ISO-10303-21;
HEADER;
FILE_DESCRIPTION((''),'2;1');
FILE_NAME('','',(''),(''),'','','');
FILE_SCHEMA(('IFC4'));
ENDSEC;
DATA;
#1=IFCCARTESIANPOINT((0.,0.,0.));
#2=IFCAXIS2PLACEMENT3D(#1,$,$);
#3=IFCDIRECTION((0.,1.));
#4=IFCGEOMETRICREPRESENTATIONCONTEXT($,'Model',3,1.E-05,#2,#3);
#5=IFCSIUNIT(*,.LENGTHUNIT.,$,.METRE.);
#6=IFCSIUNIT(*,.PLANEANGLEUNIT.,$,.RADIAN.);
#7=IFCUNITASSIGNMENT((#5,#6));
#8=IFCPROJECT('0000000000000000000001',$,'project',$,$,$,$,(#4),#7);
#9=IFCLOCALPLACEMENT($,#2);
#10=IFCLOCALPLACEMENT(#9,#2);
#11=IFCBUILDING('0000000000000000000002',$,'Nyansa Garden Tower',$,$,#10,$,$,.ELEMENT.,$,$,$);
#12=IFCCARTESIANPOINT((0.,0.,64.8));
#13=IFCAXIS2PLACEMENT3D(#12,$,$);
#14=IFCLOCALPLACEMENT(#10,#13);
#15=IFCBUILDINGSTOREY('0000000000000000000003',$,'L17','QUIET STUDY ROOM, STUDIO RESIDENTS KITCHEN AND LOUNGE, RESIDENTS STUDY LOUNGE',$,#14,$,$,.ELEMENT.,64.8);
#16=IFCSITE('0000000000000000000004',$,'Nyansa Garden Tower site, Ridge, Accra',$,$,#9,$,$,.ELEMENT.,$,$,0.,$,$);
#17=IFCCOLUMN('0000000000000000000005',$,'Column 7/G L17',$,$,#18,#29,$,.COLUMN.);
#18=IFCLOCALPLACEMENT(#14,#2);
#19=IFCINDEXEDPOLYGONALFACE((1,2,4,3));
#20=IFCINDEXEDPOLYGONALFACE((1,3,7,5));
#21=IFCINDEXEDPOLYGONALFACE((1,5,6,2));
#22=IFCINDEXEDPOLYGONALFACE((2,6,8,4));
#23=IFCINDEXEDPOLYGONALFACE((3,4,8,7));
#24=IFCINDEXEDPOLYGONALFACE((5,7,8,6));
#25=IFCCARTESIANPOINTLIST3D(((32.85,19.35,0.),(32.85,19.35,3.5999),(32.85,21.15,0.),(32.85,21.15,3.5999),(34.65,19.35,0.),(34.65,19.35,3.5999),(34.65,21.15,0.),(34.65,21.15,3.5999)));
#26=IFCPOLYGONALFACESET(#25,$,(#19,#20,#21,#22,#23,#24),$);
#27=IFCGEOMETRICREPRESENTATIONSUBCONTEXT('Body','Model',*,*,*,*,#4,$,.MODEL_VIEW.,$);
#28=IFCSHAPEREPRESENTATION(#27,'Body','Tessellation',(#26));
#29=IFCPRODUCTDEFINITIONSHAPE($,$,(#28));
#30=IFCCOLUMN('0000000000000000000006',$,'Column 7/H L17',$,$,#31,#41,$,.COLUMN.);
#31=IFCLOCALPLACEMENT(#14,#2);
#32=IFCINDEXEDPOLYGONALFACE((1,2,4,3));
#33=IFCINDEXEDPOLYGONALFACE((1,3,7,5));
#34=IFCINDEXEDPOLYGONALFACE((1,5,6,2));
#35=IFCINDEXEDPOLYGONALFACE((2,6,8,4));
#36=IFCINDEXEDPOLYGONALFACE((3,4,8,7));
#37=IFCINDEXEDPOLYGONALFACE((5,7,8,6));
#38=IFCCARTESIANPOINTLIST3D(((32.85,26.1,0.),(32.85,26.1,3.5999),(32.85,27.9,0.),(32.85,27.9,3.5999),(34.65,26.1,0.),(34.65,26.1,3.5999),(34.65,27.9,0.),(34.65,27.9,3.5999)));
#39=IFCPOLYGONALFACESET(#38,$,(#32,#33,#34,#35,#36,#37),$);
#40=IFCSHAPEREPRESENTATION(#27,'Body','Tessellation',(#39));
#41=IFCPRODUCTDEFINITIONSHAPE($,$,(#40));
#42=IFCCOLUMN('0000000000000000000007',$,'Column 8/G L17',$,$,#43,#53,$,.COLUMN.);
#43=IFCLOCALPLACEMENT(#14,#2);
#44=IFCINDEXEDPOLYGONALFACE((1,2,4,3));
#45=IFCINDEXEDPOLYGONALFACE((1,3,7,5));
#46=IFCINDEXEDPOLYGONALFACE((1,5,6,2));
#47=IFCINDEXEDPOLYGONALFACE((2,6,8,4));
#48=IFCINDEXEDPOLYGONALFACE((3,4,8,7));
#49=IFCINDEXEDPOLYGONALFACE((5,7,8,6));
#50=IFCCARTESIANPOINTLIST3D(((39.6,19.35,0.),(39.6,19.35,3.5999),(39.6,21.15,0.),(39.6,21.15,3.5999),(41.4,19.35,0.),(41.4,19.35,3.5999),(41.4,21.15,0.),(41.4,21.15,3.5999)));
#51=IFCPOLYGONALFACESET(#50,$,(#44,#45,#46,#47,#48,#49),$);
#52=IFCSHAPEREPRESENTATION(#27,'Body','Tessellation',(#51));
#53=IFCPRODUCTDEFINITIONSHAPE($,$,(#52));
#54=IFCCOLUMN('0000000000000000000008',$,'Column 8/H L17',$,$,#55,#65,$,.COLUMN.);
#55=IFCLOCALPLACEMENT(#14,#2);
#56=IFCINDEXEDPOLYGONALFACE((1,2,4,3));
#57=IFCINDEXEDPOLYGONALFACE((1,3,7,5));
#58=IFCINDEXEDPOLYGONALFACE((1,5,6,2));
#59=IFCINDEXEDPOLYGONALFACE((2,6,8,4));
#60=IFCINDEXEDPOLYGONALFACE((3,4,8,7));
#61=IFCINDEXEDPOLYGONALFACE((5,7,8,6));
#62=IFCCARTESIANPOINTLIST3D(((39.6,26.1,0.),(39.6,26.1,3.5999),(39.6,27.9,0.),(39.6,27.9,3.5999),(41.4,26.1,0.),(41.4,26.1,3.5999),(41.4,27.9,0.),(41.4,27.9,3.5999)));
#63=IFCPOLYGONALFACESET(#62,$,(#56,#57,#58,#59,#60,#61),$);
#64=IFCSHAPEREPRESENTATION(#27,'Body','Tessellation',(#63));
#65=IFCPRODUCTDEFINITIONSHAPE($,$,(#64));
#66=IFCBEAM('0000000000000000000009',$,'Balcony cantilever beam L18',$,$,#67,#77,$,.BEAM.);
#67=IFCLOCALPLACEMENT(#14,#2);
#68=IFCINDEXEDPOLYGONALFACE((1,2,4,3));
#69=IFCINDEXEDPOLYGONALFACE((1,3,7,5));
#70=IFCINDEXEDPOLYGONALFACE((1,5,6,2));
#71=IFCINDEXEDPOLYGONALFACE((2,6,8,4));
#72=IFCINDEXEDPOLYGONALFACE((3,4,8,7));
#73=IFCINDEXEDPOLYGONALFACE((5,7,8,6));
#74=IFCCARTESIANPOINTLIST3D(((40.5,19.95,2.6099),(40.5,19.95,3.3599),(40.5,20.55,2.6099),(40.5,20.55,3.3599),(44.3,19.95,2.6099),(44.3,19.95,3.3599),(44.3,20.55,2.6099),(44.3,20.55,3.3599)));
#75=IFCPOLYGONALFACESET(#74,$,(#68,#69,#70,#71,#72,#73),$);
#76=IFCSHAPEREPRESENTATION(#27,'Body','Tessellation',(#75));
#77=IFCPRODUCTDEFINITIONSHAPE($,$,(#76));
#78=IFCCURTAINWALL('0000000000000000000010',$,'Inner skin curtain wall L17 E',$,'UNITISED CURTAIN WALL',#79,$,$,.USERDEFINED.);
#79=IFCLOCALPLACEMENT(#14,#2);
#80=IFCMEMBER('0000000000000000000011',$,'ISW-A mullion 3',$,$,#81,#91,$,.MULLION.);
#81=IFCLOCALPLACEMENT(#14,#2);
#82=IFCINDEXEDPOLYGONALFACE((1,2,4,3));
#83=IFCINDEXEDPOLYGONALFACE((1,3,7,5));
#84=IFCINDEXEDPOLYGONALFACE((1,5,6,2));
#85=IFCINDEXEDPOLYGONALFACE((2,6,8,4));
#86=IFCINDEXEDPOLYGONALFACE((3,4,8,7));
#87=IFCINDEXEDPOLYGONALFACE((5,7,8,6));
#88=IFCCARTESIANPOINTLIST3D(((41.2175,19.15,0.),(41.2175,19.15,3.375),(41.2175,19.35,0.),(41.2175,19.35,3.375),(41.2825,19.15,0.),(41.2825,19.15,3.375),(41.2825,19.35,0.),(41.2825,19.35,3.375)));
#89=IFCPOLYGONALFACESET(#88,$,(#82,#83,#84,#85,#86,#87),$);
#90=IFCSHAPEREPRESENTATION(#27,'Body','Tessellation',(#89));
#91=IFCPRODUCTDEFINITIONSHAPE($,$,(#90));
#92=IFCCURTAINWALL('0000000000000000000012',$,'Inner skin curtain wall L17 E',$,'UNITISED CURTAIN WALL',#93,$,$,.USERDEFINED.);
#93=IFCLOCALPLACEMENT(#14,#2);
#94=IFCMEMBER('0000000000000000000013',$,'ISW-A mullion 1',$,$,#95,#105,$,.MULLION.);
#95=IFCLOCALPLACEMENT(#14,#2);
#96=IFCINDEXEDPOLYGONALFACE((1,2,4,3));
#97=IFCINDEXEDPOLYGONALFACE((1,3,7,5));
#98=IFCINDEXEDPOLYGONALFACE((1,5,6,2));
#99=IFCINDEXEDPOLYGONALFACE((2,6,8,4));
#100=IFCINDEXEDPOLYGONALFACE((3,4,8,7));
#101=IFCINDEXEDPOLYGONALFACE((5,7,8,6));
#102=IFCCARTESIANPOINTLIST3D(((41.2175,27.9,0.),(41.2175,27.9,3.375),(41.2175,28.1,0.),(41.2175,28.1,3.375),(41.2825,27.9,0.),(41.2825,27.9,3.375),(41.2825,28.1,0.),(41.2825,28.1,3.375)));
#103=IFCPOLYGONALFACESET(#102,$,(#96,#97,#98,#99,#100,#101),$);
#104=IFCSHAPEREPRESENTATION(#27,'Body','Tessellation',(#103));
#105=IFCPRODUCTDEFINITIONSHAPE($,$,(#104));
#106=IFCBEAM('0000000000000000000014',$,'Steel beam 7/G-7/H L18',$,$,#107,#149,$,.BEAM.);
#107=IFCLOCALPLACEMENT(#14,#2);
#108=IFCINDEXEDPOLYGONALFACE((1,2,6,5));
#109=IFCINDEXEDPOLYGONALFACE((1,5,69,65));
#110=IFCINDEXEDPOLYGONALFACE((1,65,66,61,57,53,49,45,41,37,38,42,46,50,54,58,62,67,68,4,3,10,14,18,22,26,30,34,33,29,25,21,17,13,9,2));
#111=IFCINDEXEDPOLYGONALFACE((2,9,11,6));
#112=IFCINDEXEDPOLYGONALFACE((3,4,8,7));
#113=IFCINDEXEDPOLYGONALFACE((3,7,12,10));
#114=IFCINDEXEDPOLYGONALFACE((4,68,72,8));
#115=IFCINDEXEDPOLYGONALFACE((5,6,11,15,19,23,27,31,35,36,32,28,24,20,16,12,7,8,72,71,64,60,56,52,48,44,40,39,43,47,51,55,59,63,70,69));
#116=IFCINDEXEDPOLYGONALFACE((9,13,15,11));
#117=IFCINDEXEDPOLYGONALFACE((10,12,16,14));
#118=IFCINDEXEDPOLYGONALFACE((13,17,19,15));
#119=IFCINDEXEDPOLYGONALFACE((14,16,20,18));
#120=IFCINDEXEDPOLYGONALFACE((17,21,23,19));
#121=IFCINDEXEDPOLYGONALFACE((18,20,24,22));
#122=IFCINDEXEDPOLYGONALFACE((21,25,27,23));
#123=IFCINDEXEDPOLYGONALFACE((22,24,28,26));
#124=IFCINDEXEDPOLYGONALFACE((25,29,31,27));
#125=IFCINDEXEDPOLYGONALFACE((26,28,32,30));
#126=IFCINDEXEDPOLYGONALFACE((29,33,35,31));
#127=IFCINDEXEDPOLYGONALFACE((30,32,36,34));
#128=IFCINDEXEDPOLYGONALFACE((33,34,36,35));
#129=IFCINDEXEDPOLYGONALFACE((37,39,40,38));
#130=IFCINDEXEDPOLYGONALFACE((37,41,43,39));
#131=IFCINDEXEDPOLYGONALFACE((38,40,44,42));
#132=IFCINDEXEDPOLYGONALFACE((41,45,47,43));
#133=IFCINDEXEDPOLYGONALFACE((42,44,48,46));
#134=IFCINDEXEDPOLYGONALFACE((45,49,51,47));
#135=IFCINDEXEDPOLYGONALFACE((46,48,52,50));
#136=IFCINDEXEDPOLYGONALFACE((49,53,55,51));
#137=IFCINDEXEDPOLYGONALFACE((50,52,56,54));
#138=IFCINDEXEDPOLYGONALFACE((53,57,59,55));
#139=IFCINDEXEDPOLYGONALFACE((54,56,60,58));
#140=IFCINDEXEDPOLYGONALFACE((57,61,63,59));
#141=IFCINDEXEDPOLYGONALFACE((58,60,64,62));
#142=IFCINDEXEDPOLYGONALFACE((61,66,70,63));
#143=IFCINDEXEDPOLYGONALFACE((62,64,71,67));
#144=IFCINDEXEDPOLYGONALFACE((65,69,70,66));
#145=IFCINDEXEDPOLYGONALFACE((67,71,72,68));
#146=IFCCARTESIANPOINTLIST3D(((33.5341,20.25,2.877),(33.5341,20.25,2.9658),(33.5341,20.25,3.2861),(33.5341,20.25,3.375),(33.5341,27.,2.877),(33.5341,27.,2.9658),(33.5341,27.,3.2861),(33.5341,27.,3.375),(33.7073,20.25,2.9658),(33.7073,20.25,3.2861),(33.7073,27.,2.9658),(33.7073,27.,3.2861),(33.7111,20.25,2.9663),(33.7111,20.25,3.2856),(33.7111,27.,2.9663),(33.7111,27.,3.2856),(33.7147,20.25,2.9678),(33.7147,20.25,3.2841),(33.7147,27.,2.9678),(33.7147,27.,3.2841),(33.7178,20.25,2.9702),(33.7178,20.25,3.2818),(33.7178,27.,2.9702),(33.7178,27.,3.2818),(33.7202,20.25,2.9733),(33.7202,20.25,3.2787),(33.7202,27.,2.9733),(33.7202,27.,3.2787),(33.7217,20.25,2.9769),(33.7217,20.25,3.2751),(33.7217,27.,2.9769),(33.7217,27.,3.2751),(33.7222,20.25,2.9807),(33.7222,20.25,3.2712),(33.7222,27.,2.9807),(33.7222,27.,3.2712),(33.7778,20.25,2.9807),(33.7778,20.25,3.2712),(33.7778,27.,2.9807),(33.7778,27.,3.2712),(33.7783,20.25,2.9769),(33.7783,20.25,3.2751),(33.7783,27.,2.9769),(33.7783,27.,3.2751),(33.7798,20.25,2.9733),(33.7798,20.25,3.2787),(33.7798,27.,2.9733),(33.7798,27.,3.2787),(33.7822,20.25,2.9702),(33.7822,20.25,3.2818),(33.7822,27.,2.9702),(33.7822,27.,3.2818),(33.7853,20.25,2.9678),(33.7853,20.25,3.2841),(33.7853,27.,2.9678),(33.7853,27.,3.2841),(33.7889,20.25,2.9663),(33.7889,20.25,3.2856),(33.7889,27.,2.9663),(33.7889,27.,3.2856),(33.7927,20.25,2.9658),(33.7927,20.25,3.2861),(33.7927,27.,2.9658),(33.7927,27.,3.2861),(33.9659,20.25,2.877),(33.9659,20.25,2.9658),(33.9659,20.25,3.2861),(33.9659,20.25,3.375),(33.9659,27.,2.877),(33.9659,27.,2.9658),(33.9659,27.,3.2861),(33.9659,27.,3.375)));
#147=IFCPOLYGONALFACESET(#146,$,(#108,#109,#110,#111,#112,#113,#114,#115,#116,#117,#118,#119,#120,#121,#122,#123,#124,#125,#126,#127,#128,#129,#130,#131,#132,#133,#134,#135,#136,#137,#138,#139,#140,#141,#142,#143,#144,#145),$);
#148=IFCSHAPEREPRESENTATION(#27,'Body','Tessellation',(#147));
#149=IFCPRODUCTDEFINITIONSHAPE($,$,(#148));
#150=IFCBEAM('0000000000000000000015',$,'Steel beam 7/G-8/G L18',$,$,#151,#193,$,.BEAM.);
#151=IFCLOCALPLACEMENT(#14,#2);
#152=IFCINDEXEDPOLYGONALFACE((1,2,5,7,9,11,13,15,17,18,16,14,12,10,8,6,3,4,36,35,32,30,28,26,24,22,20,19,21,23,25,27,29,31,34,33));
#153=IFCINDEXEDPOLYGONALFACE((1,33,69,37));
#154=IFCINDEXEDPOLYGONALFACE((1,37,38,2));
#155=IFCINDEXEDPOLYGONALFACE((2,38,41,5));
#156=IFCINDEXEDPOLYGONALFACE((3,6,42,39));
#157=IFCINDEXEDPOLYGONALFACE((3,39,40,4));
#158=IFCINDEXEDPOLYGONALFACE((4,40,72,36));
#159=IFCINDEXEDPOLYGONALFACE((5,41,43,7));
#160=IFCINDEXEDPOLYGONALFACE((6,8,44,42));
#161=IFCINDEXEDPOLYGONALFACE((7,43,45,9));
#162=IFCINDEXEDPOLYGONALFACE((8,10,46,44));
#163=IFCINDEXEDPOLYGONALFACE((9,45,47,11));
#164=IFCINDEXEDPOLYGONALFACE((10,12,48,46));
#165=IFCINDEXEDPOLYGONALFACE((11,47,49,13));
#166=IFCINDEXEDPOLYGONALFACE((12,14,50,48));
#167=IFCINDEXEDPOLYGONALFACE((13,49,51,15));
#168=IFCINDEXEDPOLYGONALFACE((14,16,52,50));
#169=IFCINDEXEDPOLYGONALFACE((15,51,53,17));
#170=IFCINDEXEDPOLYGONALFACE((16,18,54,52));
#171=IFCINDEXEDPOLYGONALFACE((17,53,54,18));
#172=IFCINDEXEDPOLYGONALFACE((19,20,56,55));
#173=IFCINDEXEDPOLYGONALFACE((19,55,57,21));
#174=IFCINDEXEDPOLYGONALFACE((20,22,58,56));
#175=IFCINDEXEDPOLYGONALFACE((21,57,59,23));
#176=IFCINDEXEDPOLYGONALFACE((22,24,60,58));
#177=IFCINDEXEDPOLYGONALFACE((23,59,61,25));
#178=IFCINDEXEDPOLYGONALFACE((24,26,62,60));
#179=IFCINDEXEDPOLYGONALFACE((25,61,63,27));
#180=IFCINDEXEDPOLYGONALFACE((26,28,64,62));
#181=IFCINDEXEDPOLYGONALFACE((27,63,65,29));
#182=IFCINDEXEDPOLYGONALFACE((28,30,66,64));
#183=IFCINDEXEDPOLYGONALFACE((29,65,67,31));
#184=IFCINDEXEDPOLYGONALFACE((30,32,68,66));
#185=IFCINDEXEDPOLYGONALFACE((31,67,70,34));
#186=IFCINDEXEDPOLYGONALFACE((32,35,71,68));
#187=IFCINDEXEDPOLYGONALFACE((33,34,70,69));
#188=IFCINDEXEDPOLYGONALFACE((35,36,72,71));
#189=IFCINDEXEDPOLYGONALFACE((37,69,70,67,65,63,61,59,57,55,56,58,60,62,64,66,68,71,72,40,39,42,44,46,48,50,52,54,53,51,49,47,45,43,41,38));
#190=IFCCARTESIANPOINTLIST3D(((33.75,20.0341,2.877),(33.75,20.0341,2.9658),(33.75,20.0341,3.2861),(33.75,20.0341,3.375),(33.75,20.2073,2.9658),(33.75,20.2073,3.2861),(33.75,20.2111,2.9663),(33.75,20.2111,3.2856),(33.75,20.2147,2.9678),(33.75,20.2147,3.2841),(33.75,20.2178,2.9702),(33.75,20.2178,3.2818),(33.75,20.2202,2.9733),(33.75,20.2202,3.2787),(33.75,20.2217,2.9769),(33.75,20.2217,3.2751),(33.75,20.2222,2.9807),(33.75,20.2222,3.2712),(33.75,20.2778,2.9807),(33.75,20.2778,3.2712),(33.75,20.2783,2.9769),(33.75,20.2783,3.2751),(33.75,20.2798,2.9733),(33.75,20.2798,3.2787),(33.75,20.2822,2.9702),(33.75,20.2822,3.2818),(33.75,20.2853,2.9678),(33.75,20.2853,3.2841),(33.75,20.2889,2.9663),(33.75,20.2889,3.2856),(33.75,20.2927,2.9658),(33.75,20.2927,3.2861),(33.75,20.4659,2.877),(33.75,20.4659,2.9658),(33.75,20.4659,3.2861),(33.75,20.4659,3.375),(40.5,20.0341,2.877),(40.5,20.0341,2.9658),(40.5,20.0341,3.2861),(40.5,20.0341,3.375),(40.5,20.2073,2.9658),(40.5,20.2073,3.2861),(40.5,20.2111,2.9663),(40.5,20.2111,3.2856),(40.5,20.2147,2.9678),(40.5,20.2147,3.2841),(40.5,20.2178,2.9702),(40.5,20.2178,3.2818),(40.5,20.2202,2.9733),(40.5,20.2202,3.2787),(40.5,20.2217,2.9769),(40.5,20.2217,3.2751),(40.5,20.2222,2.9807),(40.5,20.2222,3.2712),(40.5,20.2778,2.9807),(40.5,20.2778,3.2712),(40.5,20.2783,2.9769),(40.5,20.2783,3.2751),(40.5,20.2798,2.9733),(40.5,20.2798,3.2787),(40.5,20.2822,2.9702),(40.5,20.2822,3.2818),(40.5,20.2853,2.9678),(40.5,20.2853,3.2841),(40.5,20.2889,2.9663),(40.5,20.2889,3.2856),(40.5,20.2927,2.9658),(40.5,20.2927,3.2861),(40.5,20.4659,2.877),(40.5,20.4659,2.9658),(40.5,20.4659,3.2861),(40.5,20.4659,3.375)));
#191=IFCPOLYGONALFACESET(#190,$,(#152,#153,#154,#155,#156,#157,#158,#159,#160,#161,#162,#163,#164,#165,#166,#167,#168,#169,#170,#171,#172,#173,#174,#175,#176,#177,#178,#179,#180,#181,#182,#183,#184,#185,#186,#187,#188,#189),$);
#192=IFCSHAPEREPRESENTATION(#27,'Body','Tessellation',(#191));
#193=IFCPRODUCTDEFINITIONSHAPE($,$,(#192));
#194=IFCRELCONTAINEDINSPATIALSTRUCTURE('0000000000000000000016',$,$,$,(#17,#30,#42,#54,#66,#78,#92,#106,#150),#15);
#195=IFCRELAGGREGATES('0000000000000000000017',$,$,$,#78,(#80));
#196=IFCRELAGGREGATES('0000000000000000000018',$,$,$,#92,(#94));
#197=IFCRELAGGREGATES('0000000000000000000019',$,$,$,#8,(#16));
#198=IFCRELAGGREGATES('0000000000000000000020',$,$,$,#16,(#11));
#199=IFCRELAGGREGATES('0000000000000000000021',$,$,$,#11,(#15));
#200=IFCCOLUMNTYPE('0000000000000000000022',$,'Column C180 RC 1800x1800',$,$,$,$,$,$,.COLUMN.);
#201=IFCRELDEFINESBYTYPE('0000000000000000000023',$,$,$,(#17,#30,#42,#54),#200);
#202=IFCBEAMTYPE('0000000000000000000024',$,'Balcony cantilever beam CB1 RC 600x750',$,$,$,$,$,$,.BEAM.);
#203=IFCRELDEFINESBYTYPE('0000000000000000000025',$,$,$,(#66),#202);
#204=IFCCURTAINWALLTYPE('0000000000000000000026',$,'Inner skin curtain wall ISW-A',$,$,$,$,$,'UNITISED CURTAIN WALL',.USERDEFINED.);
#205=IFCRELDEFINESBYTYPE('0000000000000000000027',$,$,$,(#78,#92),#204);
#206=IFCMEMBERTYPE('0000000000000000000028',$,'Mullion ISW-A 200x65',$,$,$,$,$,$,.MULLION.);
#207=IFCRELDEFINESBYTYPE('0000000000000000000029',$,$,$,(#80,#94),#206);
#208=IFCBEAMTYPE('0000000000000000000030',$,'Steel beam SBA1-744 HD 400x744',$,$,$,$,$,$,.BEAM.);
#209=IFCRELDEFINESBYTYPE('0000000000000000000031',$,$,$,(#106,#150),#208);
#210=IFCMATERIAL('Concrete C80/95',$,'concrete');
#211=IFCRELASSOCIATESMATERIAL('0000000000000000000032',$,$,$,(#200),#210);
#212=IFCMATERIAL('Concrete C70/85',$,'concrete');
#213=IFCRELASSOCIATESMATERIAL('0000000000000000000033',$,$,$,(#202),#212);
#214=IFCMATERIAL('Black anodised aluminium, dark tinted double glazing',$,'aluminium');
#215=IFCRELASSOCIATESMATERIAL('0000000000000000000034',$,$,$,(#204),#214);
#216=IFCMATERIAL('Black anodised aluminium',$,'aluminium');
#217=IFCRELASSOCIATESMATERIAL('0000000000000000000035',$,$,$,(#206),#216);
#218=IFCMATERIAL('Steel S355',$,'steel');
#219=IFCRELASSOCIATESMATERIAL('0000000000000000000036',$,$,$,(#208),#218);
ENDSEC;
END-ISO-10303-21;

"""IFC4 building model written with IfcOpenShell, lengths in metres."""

from ifc_helpers import new_model, si_unit, direction, frame, origin, origin_2d, place, context, subcontext, project, spatial, rectangle, i_section, extrude, material, material_profile, profile_set, type_object, element, aggregate, save


model = new_model("IFC4")

# Units and contexts
model_context = context("Model", 3, precision=1e-05, world=origin(), true_north=direction((0.0, 1.0)))
body_context = subcontext(model_context, "Body", "Model", "MODEL_VIEW")
ifc_project = project(units=[si_unit("LENGTHUNIT", "METRE"), si_unit("PLANEANGLEUNIT", "RADIAN")], contexts=[model_context])

# Site, building, storey
site_placement = place(None, origin())
site = spatial("IfcSite", under=ifc_project, at=site_placement, Name="Nyansa Garden Tower site, Ridge, Accra", CompositionType="ELEMENT", RefElevation=0.0)
building_placement = place(site_placement, origin())
building = spatial("IfcBuilding", under=site, at=building_placement, Name="Nyansa Garden Tower", CompositionType="ELEMENT")
storey_placement = place(building_placement, frame((0.0, 0.0, 64.8)))
storey = spatial("IfcBuildingStorey", under=building, at=storey_placement, Name="L17", Description="QUIET STUDY ROOM, STUDIO RESIDENTS KITCHEN AND LOUNGE, RESIDENTS STUDY LOUNGE", CompositionType="ELEMENT", Elevation=64.8)

# Columns
ifc_material_1 = material(Name="Concrete C80/95", Category="concrete")
ifc_material_profile_1 = material_profile(ifc_material_1, rectangle(XDim=1.8, YDim=1.8, at=origin_2d()), Name="RC 1800x1800")
ifc_profile_set_1 = profile_set([ifc_material_profile_1], Name="Concrete C80/95")
column_type = type_object("IfcColumnType", Name="Column C180 RC 1800x1800", PredefinedType="COLUMN", material=ifc_profile_set_1)
for number, where, z_axis, x_axis, name in (
    (1, (33.75, 20.25, 0.0), (0.0, 0.0, 1.0), (1.0, 0.0, 0.0), "Column 7/G L17"),
    (2, (33.75, 27.0, 0.0), (0.0, 0.0, 1.0), (1.0, 0.0, 0.0), "Column 7/H L17"),
    (3, (40.5, 20.25, 0.0), (0.0, 0.0, 1.0), (1.0, 0.0, 0.0), "Column 8/G L17"),
    (4, (40.5, 27.0, 0.0), (0.0, 0.0, 1.0), (1.0, 0.0, 0.0), "Column 8/H L17"),
):
    element("IfcColumn", number, at=place(storey_placement, frame(where, z_axis=z_axis, x_axis=x_axis)), inside=storey, type_object=column_type, Name=name, PredefinedType="COLUMN", context=body_context, shape_type="SweptSolid", body=[
        extrude(rectangle(XDim=1.8, YDim=1.8, at=origin_2d()), origin(), (0.0, 0.0, 1.0), 3.5999),
    ])

# Beam
ifc_material_2 = material(Name="Concrete C70/85", Category="concrete")
ifc_material_profile_2 = material_profile(ifc_material_2, rectangle(XDim=0.6001, YDim=0.75, at=origin_2d()), Name="RC 600x750")
ifc_profile_set_2 = profile_set([ifc_material_profile_2], Name="Concrete C70/85")
beam_type_1 = type_object("IfcBeamType", Name="Balcony cantilever beam CB1 RC 600x750", PredefinedType="BEAM", material=ifc_profile_set_2)
beam_placement = place(storey_placement, frame((40.5, 20.25, 2.9849), z_axis=(1.0, 0.0, 0.0), x_axis=(0.0, 1.0, 0.0)))
element("IfcBeam", 5, at=beam_placement, inside=storey, type_object=beam_type_1, Name="Balcony cantilever beam L18", PredefinedType="BEAM", context=body_context, shape_type="SweptSolid", body=[
    extrude(rectangle(XDim=0.6001, YDim=0.75, at=origin_2d()), origin(), (0.0, 0.0, 1.0), 3.8),
])

# Curtain walls, members
ifc_material_3 = material(Name="Black anodised aluminium, dark tinted double glazing", Category="aluminium")
curtain_wall_type = type_object("IfcCurtainWallType", Name="Inner skin curtain wall ISW-A", ElementType="UNITISED CURTAIN WALL", PredefinedType="USERDEFINED", material=ifc_material_3)
curtain_wall_1_placement = place(storey_placement, origin())
curtain_wall_1 = element("IfcCurtainWall", 6, at=curtain_wall_1_placement, inside=storey, type_object=curtain_wall_type, Name="Inner skin curtain wall L17 E", ObjectType="UNITISED CURTAIN WALL", PredefinedType="USERDEFINED")
ifc_material_4 = material(Name="Black anodised aluminium", Category="aluminium")
ifc_material_profile_3 = material_profile(ifc_material_4, rectangle(XDim=0.0649, YDim=0.2, at=origin_2d()), Name="Mullion 200x65")
ifc_profile_set_3 = profile_set([ifc_material_profile_3], Name="Black anodised aluminium")
member_type_1 = type_object("IfcMemberType", Name="Mullion ISW-A 200x65", PredefinedType="MULLION", material=ifc_profile_set_3)
member_1_placement = place(storey_placement, frame((41.25, 19.25, 0.0), z_axis=(0.0, 0.0, 1.0), x_axis=(-1.0, 0.0, 0.0)))
member_1 = element("IfcMember", 7, at=member_1_placement, type_object=member_type_1, Name="ISW-A mullion 3", PredefinedType="MULLION", context=body_context, shape_type="SweptSolid", body=[
    extrude(rectangle(XDim=0.0649, YDim=0.2, at=origin_2d()), origin(), (0.0, 0.0, 1.0), 3.375),
])
curtain_wall_2_placement = place(storey_placement, origin())
curtain_wall_2 = element("IfcCurtainWall", 8, at=curtain_wall_2_placement, inside=storey, type_object=curtain_wall_type, Name="Inner skin curtain wall L17 E", ObjectType="UNITISED CURTAIN WALL", PredefinedType="USERDEFINED")
member_2_placement = place(storey_placement, frame((41.25, 28.0, 0.0), z_axis=(0.0, 0.0, 1.0), x_axis=(-1.0, 0.0, 0.0)))
member_2 = element("IfcMember", 9, at=member_2_placement, type_object=member_type_1, Name="ISW-A mullion 1", PredefinedType="MULLION", context=body_context, shape_type="SweptSolid", body=[
    extrude(rectangle(XDim=0.0649, YDim=0.2, at=origin_2d()), origin(), (0.0, 0.0, 1.0), 3.375),
])

# Beams
ifc_material_5 = material(Name="Steel S355", Category="steel")
ifc_material_profile_4 = material_profile(ifc_material_5, i_section(OverallWidth=0.4319, OverallDepth=0.498, WebThickness=0.0557, FlangeThickness=0.0889, FilletRadius=0.0149, at=origin_2d()), Name="HD 400x744")
ifc_profile_set_4 = profile_set([ifc_material_profile_4], Name="Steel S355")
beam_type_2 = type_object("IfcBeamType", Name="Steel beam SBA1-744 HD 400x744", PredefinedType="BEAM", material=ifc_profile_set_4)
for number, where, z_axis, x_axis, name in (
    (10, (33.75, 20.25, 3.126), (0.0, 1.0, 0.0), (-1.0, 0.0, 0.0), "Steel beam 7/G-7/H L18"),
    (11, (33.75, 20.25, 3.126), (1.0, 0.0, 0.0), (0.0, 1.0, 0.0), "Steel beam 7/G-8/G L18"),
):
    element("IfcBeam", number, at=place(storey_placement, frame(where, z_axis=z_axis, x_axis=x_axis)), inside=storey, type_object=beam_type_2, Name=name, PredefinedType="BEAM", context=body_context, shape_type="SweptSolid", body=[
        extrude(i_section(OverallWidth=0.4319, OverallDepth=0.498, WebThickness=0.0557, FlangeThickness=0.0889, FilletRadius=0.0149, at=origin_2d()), origin(), (0.0, 0.0, 1.0), 6.75),
    ])

aggregate(curtain_wall_1, [member_1])
aggregate(curtain_wall_2, [member_2])

save(model, "model.ifc")
